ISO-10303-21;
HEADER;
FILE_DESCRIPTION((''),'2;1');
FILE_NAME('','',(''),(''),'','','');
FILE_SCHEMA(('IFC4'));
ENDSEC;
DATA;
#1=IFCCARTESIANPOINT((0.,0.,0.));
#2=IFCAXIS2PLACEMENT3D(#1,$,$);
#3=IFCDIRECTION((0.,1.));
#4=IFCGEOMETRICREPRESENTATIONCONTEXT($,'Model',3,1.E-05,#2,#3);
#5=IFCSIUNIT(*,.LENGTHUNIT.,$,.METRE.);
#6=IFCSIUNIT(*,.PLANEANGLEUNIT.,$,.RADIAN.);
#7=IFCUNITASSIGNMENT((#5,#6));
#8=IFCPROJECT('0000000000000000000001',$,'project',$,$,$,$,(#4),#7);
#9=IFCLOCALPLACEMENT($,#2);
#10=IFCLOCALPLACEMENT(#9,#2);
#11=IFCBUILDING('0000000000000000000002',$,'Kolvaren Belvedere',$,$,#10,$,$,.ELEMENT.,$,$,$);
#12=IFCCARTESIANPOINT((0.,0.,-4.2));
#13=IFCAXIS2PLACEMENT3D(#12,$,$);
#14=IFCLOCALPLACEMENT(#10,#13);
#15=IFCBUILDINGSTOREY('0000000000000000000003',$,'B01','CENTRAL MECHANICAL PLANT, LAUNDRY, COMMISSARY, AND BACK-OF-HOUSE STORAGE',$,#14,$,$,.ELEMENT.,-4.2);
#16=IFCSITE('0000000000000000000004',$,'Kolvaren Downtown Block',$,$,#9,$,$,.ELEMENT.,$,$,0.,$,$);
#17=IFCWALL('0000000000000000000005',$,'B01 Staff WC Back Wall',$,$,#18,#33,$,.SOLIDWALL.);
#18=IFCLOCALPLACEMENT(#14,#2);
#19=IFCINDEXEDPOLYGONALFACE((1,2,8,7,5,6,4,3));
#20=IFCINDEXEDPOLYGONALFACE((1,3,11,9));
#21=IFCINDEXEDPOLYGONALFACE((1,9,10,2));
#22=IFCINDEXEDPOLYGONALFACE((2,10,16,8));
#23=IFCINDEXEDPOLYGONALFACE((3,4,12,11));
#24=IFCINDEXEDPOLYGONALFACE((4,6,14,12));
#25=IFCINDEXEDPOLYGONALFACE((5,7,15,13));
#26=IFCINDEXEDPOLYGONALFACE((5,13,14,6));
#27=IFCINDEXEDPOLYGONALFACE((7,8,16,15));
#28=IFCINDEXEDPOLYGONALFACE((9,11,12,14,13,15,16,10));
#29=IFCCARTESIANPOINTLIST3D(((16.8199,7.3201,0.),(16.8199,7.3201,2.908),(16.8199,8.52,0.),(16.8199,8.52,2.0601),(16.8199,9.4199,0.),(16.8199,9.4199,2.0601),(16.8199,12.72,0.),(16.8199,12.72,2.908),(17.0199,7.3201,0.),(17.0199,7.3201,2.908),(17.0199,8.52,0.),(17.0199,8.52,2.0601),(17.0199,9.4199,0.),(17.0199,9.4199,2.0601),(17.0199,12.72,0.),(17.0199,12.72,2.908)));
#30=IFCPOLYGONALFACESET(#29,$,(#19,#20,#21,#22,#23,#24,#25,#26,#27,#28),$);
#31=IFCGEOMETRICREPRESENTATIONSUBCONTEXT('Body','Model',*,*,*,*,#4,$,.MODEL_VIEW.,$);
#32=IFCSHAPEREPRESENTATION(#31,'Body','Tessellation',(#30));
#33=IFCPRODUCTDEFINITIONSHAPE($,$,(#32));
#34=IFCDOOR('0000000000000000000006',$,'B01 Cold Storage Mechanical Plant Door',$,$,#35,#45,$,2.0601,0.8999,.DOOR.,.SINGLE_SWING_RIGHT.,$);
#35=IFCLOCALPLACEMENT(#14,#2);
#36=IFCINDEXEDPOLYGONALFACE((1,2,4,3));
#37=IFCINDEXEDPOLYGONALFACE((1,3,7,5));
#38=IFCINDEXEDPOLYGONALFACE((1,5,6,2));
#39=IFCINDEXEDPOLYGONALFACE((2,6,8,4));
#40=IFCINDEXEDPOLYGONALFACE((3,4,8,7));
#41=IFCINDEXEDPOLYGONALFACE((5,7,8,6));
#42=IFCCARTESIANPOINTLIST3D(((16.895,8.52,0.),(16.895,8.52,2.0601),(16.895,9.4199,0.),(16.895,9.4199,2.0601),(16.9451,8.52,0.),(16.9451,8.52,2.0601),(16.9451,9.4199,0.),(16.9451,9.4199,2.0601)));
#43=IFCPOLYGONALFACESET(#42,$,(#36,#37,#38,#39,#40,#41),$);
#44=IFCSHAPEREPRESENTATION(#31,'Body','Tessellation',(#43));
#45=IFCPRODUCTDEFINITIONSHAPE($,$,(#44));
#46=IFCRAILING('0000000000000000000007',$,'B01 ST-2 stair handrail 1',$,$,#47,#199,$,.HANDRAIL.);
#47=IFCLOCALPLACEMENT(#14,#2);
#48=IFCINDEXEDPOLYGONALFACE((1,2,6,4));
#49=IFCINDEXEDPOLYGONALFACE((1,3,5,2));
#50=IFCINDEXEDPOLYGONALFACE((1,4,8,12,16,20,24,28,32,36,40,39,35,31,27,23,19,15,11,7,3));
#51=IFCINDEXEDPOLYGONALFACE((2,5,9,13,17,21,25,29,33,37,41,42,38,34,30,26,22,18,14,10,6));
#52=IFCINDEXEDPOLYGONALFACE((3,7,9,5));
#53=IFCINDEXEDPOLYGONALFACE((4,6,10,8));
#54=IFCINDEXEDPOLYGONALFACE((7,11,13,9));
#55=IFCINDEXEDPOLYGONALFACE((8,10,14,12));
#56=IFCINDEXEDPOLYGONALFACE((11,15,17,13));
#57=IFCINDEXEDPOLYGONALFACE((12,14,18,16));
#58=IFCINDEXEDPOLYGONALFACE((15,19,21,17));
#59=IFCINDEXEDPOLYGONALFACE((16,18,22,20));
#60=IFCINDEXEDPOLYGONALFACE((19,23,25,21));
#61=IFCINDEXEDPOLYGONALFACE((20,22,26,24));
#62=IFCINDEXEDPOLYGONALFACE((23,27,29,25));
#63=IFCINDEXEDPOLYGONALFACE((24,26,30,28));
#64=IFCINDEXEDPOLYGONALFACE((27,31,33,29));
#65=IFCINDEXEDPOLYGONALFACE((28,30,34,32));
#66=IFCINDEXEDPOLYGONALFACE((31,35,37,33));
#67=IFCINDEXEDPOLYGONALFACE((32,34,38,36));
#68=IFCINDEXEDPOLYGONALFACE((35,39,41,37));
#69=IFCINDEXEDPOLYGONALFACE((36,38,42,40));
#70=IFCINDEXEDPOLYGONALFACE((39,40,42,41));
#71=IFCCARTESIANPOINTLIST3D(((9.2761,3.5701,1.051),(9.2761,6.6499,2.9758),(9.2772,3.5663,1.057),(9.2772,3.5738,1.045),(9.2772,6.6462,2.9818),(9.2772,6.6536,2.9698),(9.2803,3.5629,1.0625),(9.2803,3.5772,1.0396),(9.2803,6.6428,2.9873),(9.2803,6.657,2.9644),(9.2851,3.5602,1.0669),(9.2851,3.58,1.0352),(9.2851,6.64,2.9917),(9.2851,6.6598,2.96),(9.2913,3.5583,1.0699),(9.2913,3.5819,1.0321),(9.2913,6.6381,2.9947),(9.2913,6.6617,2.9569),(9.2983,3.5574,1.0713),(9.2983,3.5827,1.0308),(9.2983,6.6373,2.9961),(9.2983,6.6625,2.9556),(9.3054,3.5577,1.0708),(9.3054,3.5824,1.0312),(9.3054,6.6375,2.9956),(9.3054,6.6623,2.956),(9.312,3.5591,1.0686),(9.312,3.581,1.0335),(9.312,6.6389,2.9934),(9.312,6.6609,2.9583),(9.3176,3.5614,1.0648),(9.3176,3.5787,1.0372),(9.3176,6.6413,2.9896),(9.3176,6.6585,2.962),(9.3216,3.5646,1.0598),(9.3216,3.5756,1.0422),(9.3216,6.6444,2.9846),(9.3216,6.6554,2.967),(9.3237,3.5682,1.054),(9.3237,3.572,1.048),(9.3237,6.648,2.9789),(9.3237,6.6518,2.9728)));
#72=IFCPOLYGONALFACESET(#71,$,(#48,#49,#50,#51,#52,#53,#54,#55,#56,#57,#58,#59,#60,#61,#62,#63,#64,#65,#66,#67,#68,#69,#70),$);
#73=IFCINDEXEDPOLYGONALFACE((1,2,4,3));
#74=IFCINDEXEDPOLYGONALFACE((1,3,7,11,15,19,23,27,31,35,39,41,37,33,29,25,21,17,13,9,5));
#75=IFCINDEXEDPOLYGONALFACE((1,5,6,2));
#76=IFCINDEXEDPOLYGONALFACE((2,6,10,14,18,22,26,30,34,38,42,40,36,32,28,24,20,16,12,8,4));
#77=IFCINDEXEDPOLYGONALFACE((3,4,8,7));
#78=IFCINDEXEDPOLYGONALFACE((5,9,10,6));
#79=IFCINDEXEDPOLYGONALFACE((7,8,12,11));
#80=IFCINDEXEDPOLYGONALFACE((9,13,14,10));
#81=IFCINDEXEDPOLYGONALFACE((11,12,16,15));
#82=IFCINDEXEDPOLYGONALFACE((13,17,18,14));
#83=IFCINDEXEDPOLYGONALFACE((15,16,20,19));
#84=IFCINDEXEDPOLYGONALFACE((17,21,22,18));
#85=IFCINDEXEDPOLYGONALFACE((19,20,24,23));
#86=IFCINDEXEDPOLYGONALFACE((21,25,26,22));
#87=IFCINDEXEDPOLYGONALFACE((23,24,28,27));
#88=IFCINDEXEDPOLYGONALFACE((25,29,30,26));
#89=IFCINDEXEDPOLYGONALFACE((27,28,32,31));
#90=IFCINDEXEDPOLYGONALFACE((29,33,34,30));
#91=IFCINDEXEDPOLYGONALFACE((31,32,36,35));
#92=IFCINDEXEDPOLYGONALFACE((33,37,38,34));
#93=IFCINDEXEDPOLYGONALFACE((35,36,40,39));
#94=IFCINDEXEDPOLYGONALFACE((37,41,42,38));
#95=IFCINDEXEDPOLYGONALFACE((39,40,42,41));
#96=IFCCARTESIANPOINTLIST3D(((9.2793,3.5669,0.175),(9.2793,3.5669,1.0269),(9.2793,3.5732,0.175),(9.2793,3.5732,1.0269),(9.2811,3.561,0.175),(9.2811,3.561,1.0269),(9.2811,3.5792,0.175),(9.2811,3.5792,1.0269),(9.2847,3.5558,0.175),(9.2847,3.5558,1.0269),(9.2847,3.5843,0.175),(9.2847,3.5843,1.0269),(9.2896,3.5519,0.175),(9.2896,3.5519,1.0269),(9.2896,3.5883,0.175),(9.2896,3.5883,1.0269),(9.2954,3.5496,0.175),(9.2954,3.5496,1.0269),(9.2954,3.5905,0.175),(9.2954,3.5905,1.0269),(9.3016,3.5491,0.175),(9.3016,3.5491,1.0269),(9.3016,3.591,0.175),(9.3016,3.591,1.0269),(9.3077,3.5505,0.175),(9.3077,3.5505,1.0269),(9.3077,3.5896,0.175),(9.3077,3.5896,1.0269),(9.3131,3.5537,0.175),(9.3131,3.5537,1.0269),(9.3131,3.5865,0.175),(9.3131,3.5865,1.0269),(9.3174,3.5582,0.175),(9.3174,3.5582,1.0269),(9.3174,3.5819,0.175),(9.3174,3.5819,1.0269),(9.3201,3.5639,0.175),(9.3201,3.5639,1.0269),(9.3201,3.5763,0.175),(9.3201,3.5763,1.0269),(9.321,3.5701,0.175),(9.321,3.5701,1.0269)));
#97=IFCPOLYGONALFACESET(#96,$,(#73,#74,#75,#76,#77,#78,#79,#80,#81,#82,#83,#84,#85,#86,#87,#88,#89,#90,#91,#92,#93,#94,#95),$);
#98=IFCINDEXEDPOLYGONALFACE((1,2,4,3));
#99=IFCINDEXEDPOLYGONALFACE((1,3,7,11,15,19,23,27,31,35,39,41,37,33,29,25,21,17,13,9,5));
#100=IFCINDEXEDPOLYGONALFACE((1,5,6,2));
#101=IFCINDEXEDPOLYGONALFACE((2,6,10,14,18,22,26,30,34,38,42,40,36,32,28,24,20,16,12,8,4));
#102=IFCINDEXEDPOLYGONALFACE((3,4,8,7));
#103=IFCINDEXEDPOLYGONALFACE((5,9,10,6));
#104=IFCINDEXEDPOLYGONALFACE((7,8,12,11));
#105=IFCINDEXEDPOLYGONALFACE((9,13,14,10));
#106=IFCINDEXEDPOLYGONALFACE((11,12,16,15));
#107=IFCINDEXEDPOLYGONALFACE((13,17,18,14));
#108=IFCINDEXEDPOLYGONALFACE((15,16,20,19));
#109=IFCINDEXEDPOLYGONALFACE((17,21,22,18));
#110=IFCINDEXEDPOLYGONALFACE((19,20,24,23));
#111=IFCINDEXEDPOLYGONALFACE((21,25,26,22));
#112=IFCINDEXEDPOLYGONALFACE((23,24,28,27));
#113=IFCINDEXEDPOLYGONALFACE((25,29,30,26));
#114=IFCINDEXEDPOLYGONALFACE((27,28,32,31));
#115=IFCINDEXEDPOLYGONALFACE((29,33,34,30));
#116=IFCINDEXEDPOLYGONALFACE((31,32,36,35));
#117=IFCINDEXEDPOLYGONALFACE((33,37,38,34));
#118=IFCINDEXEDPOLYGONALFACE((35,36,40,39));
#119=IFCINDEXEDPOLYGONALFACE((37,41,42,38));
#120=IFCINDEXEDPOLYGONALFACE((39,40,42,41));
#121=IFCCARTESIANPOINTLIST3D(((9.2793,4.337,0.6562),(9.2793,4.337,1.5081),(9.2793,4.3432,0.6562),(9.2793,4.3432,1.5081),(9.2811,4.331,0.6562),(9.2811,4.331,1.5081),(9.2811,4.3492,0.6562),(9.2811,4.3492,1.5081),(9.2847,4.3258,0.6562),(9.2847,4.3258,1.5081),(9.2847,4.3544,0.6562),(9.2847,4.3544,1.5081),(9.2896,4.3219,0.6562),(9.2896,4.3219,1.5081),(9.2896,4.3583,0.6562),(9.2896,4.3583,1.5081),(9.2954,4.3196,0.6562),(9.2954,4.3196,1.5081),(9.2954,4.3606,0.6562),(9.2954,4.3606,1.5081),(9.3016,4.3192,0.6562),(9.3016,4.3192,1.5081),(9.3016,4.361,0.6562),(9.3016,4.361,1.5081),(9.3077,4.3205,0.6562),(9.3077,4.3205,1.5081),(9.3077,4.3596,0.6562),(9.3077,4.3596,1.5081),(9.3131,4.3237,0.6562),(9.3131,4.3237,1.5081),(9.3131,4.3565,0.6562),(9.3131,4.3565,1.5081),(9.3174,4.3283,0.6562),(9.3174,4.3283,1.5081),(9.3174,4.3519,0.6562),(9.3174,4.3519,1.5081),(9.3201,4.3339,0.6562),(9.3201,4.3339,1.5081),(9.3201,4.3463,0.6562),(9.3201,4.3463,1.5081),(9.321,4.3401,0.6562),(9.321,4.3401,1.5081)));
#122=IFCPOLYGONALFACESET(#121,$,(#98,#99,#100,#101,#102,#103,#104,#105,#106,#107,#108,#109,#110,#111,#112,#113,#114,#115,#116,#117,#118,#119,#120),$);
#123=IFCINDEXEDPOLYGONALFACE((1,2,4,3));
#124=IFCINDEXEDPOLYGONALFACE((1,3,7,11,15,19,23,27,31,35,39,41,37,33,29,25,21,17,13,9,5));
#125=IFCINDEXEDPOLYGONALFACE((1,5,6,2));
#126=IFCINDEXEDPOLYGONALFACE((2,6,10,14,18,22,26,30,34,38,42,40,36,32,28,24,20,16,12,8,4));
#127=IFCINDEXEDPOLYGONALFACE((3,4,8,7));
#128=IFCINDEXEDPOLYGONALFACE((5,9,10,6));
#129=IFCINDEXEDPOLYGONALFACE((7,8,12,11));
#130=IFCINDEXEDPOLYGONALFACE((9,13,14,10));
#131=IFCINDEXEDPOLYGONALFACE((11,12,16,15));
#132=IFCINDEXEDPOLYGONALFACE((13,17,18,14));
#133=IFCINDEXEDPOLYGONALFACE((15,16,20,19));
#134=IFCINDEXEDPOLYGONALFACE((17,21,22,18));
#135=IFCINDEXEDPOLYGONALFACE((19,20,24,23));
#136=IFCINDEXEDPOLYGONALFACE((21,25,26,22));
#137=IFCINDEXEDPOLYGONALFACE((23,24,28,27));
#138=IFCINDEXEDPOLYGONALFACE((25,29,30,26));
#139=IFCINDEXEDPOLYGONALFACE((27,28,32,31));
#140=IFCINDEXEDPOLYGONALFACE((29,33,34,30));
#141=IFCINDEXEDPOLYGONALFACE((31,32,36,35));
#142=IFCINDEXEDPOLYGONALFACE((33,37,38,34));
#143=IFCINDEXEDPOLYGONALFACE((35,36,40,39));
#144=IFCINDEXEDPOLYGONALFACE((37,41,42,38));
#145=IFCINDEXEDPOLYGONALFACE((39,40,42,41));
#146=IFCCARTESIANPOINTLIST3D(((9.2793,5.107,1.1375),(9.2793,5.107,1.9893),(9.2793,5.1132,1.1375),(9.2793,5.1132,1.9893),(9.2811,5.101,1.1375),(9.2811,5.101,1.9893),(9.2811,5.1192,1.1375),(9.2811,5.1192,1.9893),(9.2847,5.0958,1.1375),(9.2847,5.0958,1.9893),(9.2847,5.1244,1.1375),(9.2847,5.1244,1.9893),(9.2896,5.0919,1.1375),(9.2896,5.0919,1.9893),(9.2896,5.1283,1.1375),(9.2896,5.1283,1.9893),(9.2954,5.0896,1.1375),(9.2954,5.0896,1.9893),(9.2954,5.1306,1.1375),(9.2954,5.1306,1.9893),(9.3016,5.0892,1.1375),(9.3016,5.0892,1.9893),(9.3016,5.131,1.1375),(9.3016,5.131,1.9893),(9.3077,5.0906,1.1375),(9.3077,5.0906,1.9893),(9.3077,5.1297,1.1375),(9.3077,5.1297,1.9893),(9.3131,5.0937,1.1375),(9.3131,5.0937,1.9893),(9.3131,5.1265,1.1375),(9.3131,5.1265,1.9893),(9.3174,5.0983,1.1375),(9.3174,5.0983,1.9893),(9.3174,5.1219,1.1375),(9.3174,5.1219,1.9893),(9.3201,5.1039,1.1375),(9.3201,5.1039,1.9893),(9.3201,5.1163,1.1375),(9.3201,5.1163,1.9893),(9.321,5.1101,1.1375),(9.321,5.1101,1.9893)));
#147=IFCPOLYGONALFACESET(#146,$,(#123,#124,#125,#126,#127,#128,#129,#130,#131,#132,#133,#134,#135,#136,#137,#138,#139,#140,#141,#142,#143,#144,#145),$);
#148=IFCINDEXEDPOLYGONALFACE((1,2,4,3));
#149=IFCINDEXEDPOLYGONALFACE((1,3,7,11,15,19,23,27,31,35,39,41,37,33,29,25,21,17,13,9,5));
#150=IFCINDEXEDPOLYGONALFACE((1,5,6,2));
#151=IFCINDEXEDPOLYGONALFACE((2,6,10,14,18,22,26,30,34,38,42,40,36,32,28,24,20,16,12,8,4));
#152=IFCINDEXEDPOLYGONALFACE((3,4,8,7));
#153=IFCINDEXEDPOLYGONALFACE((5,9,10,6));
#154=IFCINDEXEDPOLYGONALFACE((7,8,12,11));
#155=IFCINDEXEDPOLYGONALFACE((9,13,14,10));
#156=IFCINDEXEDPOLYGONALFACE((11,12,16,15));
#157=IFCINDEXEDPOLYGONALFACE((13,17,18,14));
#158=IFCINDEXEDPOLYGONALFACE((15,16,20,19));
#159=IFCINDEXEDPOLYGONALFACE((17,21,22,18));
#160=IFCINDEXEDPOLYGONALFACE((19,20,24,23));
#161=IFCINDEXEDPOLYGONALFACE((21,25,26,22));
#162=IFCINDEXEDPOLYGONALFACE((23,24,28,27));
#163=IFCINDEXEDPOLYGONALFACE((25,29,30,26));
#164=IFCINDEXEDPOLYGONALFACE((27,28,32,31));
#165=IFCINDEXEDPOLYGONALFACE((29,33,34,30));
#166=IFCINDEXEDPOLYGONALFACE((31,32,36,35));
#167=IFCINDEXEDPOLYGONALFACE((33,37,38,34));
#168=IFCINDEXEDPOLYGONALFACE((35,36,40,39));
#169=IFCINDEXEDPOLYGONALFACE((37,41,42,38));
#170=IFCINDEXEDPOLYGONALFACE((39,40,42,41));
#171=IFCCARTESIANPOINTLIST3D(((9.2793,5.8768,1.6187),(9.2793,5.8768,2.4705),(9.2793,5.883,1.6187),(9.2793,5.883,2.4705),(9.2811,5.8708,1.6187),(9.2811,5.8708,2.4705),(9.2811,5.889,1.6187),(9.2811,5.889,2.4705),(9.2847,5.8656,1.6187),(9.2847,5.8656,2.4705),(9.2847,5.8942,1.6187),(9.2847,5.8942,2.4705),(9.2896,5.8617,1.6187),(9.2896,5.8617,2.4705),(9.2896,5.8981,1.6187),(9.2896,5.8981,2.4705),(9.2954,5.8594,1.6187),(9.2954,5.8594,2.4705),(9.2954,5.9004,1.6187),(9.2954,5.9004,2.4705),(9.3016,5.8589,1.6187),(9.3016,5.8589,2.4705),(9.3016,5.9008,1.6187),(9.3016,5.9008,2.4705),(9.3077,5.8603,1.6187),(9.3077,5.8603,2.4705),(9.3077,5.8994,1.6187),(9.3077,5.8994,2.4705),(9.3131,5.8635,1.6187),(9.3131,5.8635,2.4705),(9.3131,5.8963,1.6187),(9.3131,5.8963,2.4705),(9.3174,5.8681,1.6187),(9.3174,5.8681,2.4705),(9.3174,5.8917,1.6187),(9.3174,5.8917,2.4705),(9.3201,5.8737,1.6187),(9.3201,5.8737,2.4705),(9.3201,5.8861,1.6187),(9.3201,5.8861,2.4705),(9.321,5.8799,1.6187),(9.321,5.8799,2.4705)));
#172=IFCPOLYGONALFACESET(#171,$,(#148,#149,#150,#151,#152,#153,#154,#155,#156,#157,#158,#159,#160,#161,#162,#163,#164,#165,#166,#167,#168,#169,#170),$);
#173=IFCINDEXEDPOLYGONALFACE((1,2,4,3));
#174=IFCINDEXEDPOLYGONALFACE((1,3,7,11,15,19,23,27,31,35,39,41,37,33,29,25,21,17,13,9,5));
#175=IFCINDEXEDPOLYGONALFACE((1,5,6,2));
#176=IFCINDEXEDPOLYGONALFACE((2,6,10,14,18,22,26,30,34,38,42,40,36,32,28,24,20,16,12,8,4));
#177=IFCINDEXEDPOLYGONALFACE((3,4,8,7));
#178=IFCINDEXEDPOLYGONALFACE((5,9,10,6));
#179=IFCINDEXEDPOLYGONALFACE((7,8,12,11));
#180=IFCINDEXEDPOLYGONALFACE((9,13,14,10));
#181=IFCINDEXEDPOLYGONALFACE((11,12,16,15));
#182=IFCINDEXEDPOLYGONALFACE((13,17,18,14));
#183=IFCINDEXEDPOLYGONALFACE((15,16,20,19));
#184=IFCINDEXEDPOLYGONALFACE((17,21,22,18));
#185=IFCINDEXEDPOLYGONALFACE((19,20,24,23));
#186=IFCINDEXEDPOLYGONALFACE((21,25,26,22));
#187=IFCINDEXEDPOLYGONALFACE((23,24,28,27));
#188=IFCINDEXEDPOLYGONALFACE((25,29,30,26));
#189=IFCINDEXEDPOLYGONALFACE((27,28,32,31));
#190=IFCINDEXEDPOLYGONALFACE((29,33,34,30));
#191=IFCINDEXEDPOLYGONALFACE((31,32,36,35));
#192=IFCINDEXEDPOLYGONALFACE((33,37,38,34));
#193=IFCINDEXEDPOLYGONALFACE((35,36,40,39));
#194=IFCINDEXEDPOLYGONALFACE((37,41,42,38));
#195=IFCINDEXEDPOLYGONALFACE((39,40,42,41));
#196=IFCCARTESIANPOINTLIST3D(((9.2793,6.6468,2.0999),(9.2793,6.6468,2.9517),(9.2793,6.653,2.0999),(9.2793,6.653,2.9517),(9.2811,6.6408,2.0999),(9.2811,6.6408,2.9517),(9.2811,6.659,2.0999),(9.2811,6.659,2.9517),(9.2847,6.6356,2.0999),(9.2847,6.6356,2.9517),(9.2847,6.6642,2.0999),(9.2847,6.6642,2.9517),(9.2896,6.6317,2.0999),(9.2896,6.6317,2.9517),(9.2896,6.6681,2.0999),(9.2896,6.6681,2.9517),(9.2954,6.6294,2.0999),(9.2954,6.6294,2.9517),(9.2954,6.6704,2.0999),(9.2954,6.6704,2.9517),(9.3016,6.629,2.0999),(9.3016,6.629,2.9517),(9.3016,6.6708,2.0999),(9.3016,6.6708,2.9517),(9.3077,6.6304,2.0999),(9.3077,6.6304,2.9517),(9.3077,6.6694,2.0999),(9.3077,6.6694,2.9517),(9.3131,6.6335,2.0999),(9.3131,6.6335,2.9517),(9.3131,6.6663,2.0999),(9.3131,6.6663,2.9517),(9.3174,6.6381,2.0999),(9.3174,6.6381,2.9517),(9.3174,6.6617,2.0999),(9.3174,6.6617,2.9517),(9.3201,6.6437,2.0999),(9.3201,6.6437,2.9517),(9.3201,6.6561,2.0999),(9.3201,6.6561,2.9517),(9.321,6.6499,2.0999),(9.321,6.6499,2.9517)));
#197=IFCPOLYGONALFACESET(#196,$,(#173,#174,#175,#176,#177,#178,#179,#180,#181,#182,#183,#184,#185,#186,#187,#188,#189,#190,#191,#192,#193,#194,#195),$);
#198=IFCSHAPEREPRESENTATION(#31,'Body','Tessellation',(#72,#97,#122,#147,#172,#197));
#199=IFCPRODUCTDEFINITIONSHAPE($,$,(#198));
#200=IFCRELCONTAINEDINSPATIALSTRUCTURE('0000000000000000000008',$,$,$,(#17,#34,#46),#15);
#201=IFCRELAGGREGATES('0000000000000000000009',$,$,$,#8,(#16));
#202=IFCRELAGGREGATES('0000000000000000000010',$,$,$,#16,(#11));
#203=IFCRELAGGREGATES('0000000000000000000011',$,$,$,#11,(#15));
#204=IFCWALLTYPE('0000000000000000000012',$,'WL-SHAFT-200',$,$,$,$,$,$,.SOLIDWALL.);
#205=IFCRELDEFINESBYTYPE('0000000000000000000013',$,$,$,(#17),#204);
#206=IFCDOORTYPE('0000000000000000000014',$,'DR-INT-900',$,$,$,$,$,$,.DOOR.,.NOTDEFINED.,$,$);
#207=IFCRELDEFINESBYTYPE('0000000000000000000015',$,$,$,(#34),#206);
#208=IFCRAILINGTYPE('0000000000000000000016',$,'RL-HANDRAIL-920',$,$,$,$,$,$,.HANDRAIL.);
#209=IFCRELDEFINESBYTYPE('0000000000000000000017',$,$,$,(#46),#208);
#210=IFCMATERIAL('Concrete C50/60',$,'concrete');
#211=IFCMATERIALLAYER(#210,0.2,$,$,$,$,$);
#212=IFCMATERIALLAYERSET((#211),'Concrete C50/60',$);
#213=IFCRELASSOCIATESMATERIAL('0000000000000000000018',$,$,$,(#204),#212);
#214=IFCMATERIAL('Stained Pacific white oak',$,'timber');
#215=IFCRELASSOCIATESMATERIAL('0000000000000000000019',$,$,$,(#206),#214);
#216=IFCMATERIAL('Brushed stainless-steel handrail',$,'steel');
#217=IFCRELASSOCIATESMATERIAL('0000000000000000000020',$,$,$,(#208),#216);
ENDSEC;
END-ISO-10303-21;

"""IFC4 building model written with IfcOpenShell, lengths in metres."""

from ifc_helpers import new_model, si_unit, direction, frame, frame_2d, origin, origin_2d, place, context, subcontext, project, spatial, rectangle, circle, extrude, material, layer, layer_set, type_object, element, fill, save


model = new_model("IFC4")

# Units and contexts
model_context = context("Model", 3, precision=1e-05, world=origin(), true_north=direction((0.0, 1.0)))
body_context = subcontext(model_context, "Body", "Model", "MODEL_VIEW")
ifc_project = project(units=[si_unit("LENGTHUNIT", "METRE"), si_unit("PLANEANGLEUNIT", "RADIAN")], contexts=[model_context])

# Site, building, storey
site_placement = place(None, origin())
site = spatial("IfcSite", under=ifc_project, at=site_placement, Name="Kolvaren Downtown Block", CompositionType="ELEMENT", RefElevation=0.0)
building_placement = place(site_placement, origin())
building = spatial("IfcBuilding", under=site, at=building_placement, Name="Kolvaren Belvedere", CompositionType="ELEMENT")
storey_placement = place(building_placement, frame((0.0, 0.0, -4.2)))
storey = spatial("IfcBuildingStorey", under=building, at=storey_placement, Name="B01", Description="CENTRAL MECHANICAL PLANT, LAUNDRY, COMMISSARY, AND BACK-OF-HOUSE STORAGE", CompositionType="ELEMENT", Elevation=-4.2)

# Shared definitions
ifc_material_1 = material(Name="Concrete C50/60", Category="concrete")
ifc_layer_1 = layer(ifc_material_1, 0.2)
ifc_layer_set_1 = layer_set([ifc_layer_1], Name="Concrete C50/60")
wall_type_1 = type_object("IfcWallType", Name="WL-SHAFT-200", PredefinedType="SOLIDWALL", material=ifc_layer_set_1)

# Wall, opening, door
wall_1_placement = place(storey_placement, frame((16.9199, 7.3201, 0.0), z_axis=(0.0, 0.0, 1.0), x_axis=(0.0, 1.0, 0.0)))
wall_1 = element("IfcWall", 1, at=wall_1_placement, inside=storey, type_object=wall_type_1, Name="B01 Staff WC Back Wall", PredefinedType="SOLIDWALL", context=body_context, shape_type="SweptSolid", body=[
    extrude(rectangle(XDim=5.3999, YDim=0.2, at=frame_2d((2.7, 0.0))), origin(), (0.0, 0.0, 1.0), 2.908),
])
opening_placement = place(wall_1_placement, frame((1.2, 0.0, 0.0)))
opening = element("IfcOpeningElement", 2, at=opening_placement, cuts=wall_1, PredefinedType="OPENING", context=body_context, shape_type="SweptSolid", body=[
    extrude(rectangle(XDim=0.8999, YDim=2.0601, at=frame_2d((0.45, 1.03))), frame((0.0, 0.1099, 0.0), z_axis=(0.0, -1.0, 0.0), x_axis=(1.0, 0.0, 0.0)), (0.0, 0.0, 1.0), 0.22),
])
ifc_material_2 = material(Name="Stained Pacific white oak", Category="timber")
door_type = type_object("IfcDoorType", Name="DR-INT-900", OperationType="NOTDEFINED", PredefinedType="DOOR", material=ifc_material_2)
door_placement = place(opening_placement, origin())
door = element("IfcDoor", 3, at=door_placement, inside=storey, type_object=door_type, Name="B01 Cold Storage Mechanical Plant Door", OperationType="SINGLE_SWING_RIGHT", OverallHeight=2.0601, OverallWidth=0.8999, PredefinedType="DOOR", context=body_context, shape_type="SweptSolid", body=[
    extrude(rectangle(XDim=0.8999, YDim=2.0601, at=frame_2d((0.45, 1.03))), frame((0.0, 0.0249, 0.0), z_axis=(0.0, -1.0, 0.0), x_axis=(1.0, 0.0, 0.0)), (0.0, 0.0, 1.0), 0.05),
])
fill(opening, door)

# Railing
ifc_material_3 = material(Name="Brushed stainless-steel handrail", Category="steel")
railing_type = type_object("IfcRailingType", Name="RL-HANDRAIL-920", PredefinedType="HANDRAIL", material=ifc_material_3)
railing_placement = place(storey_placement, frame((9.3, 3.5701, 0.175)))
element("IfcRailing", 4, at=railing_placement, inside=storey, type_object=railing_type, Name="B01 ST-2 stair handrail 1", PredefinedType="HANDRAIL", context=body_context, shape_type="SweptSolid", body=[
    extrude(circle(Radius=0.0239, at=origin_2d()), frame((0.0, 0.0, 0.876), z_axis=(0.0, 0.84801, 0.529981), x_axis=(-1.0, 0.0, 0.0)), (0.0, 0.0, 1.0), 3.6318),
    extrude(circle(Radius=0.021, at=origin_2d()), origin(), (0.0, 0.0, 1.0), 0.8518),
    extrude(circle(Radius=0.021, at=origin_2d()), frame((0.0, 0.77, 0.4812)), (0.0, 0.0, 1.0), 0.8518),
    extrude(circle(Radius=0.021, at=origin_2d()), frame((0.0, 1.54, 0.9624)), (0.0, 0.0, 1.0), 0.8518),
    extrude(circle(Radius=0.021, at=origin_2d()), frame((0.0, 2.3098, 1.4436)), (0.0, 0.0, 1.0), 0.8518),
    extrude(circle(Radius=0.021, at=origin_2d()), frame((0.0, 3.0798, 1.9248)), (0.0, 0.0, 1.0), 0.8518),
])

save(model, "model.ifc")
